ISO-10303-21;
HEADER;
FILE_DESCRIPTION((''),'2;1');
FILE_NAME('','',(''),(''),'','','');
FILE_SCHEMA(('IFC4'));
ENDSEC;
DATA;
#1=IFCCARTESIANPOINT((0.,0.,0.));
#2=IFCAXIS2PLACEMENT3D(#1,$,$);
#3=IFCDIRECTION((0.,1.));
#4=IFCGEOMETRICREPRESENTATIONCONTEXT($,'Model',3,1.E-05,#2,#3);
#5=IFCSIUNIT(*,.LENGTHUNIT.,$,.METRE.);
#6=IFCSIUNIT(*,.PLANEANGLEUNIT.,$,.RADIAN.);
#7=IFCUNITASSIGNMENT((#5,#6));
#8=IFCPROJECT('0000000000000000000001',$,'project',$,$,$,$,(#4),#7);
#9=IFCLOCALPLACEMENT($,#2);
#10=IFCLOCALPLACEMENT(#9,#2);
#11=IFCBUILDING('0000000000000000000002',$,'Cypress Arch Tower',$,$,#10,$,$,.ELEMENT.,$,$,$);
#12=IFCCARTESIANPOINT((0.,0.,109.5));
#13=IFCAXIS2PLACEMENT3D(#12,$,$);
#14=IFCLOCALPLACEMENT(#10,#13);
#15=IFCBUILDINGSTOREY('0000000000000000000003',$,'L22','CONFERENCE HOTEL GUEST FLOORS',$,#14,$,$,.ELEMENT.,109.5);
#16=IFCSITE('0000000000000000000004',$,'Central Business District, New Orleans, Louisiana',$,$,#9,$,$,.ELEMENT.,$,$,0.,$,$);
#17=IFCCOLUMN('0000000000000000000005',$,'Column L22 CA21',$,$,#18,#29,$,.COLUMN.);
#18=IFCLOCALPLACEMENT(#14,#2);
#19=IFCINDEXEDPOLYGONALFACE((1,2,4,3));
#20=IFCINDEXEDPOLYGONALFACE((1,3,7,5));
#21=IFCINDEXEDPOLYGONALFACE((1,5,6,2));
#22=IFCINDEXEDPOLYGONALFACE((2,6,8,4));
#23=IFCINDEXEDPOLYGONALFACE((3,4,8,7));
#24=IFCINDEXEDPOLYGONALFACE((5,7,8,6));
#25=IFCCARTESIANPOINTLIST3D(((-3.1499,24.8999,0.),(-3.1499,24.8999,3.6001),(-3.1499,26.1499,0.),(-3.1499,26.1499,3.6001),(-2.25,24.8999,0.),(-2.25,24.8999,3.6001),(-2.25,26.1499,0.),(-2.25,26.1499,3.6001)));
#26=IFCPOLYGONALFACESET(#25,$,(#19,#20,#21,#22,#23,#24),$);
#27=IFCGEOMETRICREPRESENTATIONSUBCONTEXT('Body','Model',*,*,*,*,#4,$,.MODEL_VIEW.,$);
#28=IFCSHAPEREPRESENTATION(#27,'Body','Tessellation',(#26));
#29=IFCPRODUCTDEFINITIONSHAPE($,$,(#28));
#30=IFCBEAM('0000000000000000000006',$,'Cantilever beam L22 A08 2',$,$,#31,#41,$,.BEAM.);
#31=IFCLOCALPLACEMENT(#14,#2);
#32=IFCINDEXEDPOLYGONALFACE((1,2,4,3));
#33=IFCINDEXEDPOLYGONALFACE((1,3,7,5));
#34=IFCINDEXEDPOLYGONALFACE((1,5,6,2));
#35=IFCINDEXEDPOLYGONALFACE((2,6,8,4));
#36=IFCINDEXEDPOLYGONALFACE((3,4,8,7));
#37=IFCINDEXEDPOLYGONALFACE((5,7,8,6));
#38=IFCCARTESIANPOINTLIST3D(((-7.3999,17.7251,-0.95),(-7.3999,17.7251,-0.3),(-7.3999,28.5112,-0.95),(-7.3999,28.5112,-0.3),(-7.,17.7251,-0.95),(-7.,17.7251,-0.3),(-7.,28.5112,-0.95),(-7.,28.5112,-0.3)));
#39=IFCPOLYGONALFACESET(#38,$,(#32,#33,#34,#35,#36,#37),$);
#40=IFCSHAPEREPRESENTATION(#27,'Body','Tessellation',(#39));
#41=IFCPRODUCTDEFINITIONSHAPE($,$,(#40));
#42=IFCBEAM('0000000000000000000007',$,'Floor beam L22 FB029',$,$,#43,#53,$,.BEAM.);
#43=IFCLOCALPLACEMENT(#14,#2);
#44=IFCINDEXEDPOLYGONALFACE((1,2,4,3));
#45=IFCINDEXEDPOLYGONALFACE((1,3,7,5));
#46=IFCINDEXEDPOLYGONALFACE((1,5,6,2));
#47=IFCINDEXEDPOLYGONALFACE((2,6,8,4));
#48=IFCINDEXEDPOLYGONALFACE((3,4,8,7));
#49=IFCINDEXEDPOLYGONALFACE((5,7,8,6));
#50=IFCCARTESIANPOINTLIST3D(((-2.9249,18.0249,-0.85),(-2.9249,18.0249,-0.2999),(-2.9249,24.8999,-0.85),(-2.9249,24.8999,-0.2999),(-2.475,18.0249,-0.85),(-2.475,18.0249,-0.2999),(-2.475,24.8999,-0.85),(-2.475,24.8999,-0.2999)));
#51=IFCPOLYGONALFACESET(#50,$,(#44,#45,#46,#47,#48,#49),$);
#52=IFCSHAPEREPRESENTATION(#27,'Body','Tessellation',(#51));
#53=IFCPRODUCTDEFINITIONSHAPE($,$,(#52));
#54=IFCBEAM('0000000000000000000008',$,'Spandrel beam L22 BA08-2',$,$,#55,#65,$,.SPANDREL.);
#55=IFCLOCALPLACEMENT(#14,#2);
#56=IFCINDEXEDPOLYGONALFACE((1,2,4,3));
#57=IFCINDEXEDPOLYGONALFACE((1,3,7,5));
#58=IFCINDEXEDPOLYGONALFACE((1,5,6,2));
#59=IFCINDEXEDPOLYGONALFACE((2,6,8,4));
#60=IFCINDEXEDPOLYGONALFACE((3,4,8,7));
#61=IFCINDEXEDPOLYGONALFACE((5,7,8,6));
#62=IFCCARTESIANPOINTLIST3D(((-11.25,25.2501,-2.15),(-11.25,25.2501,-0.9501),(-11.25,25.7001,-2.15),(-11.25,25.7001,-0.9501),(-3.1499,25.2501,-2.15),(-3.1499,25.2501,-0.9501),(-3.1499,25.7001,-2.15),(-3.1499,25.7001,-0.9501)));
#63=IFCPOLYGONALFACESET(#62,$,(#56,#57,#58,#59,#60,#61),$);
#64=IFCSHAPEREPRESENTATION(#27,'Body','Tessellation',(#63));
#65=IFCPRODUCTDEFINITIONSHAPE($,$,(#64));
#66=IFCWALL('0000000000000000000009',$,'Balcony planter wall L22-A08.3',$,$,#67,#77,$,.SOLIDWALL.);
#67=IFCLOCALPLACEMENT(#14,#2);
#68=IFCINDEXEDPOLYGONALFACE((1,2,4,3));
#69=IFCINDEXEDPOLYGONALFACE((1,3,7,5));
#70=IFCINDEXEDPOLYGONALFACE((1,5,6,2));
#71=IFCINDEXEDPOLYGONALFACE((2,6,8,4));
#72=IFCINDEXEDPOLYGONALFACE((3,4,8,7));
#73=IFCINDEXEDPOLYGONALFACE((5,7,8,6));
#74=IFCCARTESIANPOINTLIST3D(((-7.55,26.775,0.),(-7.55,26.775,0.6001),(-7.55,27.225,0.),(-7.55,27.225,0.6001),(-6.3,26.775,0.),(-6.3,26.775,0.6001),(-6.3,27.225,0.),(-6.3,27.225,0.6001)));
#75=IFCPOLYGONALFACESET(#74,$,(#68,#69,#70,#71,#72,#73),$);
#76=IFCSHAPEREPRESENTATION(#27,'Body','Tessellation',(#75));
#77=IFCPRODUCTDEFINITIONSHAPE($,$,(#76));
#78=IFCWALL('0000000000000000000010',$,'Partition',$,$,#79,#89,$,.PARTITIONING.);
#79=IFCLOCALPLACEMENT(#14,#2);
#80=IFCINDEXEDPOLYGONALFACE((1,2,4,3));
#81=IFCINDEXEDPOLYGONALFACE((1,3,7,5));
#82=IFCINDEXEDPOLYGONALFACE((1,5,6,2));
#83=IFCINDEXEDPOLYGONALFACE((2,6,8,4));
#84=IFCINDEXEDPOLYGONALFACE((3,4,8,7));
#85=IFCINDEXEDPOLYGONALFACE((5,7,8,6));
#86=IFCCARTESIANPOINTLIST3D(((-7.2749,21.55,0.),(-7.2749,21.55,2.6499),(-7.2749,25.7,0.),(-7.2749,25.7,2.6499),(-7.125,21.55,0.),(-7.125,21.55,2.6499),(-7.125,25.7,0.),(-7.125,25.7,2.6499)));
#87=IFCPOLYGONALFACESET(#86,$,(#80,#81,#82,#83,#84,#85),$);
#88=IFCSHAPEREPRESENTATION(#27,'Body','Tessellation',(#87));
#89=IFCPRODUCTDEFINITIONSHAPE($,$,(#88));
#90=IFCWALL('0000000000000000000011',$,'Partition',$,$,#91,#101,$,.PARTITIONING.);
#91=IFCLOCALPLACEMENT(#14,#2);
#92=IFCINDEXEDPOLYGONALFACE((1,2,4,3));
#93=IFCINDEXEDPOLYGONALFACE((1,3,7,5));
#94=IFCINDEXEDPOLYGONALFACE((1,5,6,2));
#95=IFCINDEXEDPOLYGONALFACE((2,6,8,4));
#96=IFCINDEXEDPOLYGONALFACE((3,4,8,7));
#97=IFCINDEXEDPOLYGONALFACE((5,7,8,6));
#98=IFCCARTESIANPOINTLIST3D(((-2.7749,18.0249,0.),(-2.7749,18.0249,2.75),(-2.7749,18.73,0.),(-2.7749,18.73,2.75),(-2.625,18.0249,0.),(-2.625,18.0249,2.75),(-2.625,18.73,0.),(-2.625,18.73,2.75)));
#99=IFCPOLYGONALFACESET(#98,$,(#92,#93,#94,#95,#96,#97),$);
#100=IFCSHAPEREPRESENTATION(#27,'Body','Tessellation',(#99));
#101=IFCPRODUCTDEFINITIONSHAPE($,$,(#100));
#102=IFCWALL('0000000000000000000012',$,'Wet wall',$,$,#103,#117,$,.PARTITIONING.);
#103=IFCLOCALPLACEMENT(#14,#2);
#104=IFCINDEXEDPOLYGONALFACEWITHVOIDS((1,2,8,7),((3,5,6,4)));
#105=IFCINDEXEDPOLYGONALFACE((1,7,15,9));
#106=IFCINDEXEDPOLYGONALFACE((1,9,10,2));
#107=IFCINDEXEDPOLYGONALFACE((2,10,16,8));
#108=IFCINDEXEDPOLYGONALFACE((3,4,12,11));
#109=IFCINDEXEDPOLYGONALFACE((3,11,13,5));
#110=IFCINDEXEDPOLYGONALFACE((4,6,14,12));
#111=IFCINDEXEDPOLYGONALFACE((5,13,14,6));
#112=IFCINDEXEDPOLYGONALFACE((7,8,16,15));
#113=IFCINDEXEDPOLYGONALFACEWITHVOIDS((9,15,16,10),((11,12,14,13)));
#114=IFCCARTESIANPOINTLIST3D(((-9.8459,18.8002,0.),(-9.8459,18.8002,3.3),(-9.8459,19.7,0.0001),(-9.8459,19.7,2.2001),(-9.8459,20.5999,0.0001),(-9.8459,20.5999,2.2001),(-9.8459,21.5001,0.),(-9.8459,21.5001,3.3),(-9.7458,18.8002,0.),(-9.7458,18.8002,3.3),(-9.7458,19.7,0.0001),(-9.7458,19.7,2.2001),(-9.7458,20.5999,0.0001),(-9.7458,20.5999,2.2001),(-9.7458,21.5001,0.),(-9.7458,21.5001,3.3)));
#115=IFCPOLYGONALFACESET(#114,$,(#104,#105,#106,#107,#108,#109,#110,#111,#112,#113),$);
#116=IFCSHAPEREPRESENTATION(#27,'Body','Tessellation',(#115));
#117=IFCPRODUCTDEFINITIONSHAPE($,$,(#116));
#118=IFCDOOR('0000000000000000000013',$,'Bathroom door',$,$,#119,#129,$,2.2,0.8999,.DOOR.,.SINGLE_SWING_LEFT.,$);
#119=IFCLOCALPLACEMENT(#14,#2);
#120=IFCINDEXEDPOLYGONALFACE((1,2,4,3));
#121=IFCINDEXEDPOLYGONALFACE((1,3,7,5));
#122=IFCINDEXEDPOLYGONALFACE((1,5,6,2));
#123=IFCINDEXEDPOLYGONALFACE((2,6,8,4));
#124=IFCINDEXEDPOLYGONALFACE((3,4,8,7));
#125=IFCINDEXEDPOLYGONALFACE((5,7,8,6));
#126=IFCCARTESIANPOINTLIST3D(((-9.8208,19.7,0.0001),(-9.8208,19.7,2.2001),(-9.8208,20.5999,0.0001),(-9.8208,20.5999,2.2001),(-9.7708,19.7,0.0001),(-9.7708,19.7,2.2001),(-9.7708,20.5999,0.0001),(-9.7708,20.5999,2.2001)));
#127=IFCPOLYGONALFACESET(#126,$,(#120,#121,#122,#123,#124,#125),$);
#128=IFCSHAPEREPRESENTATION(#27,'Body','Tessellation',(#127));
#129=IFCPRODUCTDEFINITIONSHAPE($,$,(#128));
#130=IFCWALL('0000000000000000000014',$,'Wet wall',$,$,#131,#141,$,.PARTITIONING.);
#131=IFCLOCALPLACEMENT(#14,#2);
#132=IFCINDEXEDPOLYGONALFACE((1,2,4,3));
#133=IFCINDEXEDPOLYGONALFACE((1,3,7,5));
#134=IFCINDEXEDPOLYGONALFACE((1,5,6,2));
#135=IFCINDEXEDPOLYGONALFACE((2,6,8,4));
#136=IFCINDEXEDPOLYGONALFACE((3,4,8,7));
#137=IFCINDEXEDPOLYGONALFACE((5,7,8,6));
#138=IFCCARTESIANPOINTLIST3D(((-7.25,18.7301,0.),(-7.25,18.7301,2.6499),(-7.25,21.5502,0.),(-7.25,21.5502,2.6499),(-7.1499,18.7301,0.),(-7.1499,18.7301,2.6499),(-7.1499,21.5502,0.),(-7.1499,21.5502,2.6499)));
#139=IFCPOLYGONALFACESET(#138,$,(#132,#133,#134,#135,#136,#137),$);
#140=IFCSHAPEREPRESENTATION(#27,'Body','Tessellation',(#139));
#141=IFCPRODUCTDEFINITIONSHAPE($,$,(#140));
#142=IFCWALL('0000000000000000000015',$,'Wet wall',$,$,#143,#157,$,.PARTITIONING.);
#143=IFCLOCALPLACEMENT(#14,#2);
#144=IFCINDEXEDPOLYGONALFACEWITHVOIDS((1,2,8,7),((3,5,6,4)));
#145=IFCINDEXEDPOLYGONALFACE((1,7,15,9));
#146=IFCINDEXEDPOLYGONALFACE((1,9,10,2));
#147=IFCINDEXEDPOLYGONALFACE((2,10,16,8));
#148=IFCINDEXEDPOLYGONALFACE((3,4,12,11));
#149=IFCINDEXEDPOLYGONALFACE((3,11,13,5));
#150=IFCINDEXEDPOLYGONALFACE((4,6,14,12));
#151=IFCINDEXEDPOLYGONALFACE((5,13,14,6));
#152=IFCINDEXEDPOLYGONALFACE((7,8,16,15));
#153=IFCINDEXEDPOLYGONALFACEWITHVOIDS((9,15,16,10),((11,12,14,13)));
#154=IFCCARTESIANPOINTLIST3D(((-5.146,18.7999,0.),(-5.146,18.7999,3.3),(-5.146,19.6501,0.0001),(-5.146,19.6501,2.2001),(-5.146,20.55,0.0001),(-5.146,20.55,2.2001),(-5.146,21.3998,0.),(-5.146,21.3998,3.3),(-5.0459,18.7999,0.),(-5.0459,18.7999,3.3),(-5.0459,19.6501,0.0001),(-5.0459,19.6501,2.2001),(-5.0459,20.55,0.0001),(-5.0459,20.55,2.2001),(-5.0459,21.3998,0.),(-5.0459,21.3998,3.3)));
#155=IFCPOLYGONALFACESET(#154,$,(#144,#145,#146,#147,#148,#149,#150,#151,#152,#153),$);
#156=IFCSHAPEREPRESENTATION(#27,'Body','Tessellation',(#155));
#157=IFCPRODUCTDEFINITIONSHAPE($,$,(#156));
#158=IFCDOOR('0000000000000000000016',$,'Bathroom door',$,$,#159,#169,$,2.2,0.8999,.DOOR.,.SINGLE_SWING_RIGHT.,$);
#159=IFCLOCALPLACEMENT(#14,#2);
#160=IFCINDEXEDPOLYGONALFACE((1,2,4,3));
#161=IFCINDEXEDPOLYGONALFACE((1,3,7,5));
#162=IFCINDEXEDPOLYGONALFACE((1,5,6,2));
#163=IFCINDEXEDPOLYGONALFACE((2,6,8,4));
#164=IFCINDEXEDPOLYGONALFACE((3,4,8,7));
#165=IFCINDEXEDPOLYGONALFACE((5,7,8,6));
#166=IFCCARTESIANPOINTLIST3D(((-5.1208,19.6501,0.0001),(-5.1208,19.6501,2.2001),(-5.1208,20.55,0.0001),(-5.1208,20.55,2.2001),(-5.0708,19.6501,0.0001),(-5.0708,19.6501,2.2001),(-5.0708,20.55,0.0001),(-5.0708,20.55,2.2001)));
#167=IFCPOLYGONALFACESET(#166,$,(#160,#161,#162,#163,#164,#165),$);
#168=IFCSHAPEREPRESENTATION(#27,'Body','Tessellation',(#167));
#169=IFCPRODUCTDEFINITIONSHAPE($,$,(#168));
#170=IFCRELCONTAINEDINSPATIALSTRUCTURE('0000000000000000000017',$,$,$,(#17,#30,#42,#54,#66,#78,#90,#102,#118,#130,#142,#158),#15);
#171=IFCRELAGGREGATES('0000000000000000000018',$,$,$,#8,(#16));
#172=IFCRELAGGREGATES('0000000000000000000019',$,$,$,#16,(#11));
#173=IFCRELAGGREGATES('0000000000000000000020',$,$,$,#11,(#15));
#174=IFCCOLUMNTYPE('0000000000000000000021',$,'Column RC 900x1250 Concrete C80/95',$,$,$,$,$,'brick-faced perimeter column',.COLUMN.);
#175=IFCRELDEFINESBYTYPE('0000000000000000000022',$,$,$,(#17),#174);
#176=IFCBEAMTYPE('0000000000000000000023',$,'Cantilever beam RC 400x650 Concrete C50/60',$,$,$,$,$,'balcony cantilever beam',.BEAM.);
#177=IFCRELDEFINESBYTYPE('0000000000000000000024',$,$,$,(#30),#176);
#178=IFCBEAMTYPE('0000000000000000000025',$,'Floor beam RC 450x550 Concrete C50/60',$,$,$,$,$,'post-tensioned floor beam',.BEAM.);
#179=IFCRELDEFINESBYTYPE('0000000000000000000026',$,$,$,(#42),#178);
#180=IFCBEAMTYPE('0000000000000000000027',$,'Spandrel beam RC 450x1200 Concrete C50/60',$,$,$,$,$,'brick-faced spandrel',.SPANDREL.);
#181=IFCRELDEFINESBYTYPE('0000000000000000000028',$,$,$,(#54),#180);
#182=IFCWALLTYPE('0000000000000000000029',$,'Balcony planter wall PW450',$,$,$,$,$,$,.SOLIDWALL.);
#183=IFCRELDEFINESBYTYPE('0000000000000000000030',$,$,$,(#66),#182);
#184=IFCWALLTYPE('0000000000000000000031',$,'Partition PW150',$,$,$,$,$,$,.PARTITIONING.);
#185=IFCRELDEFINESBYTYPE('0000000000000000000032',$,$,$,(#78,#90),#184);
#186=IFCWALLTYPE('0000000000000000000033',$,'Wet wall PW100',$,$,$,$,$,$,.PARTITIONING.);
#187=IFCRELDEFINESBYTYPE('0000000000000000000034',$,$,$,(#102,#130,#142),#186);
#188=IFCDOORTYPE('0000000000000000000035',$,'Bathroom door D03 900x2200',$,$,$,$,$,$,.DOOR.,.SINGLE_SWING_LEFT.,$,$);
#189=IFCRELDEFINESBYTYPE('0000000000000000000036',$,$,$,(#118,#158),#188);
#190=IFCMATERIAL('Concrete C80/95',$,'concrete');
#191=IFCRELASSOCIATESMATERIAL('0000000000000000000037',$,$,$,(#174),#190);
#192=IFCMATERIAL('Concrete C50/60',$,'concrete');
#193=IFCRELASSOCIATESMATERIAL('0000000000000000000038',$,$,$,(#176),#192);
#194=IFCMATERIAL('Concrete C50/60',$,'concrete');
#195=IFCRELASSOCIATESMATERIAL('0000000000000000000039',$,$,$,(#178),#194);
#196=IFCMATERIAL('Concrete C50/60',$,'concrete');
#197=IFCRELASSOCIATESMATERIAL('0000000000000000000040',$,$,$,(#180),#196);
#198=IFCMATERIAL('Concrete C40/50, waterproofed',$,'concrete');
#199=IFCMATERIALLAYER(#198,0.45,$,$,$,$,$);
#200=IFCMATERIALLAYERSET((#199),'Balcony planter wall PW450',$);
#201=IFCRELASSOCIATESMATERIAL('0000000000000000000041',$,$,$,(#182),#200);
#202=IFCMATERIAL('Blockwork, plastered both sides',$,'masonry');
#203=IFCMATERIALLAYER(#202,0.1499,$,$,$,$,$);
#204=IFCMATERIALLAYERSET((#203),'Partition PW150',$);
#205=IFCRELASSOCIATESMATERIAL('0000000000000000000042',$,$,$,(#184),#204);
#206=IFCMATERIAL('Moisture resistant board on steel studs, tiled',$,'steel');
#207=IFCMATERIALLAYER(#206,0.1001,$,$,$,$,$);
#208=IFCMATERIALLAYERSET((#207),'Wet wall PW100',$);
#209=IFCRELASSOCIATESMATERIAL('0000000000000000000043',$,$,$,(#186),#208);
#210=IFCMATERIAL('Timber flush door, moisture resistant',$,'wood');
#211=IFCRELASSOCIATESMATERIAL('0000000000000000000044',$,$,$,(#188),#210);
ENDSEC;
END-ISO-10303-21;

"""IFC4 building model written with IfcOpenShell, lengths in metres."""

from ifc_helpers import new_model, si_unit, direction, frame, frame_2d, origin, origin_2d, place, context, subcontext, project, spatial, rectangle, extrude, material, layer, layer_set, material_profile, profile_set, type_object, element, fill, save


model = new_model("IFC4")

# Units and contexts
model_context = context("Model", 3, precision=1e-05, world=origin(), true_north=direction((0.0, 1.0)))
body_context = subcontext(model_context, "Body", "Model", "MODEL_VIEW")
ifc_project = project(units=[si_unit("LENGTHUNIT", "METRE"), si_unit("PLANEANGLEUNIT", "RADIAN")], contexts=[model_context])

# Site, building, storey
site_placement = place(None, origin())
site = spatial("IfcSite", under=ifc_project, at=site_placement, Name="Central Business District, New Orleans, Louisiana", CompositionType="ELEMENT", RefElevation=0.0)
building_placement = place(site_placement, origin())
building = spatial("IfcBuilding", under=site, at=building_placement, Name="Cypress Arch Tower", CompositionType="ELEMENT")
storey_placement = place(building_placement, frame((0.0, 0.0, 109.5)))
storey = spatial("IfcBuildingStorey", under=building, at=storey_placement, Name="L22", Description="CONFERENCE HOTEL GUEST FLOORS", CompositionType="ELEMENT", Elevation=109.5)

# Column
ifc_material_1 = material(Name="Concrete C80/95", Category="concrete")
ifc_material_profile_1 = material_profile(ifc_material_1, rectangle(XDim=0.8999, YDim=1.25, at=origin_2d()), Name="RC 900x1250")
ifc_profile_set_1 = profile_set([ifc_material_profile_1], Name="Concrete C80/95")
column_type = type_object("IfcColumnType", Name="Column RC 900x1250 Concrete C80/95", ElementType="brick-faced perimeter column", PredefinedType="COLUMN", material=ifc_profile_set_1)
column_placement = place(storey_placement, frame((-2.7, 25.5249, 0.0), z_axis=(0.0, 0.0, 1.0), x_axis=(-1.0, 0.0, 0.0)))
element("IfcColumn", 1, at=column_placement, inside=storey, type_object=column_type, Name="Column L22 CA21", PredefinedType="COLUMN", context=body_context, shape_type="SweptSolid", body=[
    extrude(rectangle(XDim=0.8999, YDim=1.25, at=origin_2d()), origin(), (0.0, 0.0, 1.0), 3.6001),
])

# Beams
ifc_material_2 = material(Name="Concrete C50/60", Category="concrete")
ifc_material_profile_2 = material_profile(ifc_material_2, rectangle(XDim=0.3999, YDim=0.6499, at=origin_2d()), Name="RC 400x650")
ifc_profile_set_2 = profile_set([ifc_material_profile_2], Name="Concrete C50/60")
beam_type_1 = type_object("IfcBeamType", Name="Cantilever beam RC 400x650 Concrete C50/60", ElementType="balcony cantilever beam", PredefinedType="BEAM", material=ifc_profile_set_2)
beam_1_placement = place(storey_placement, frame((-7.2, 17.7251, -0.625), z_axis=(0.0, 1.0, 0.0), x_axis=(-1.0, 0.0, 0.0)))
element("IfcBeam", 2, at=beam_1_placement, inside=storey, type_object=beam_type_1, Name="Cantilever beam L22 A08 2", PredefinedType="BEAM", context=body_context, shape_type="SweptSolid", body=[
    extrude(rectangle(XDim=0.3999, YDim=0.6499, at=origin_2d()), origin(), (0.0, 0.0, 1.0), 10.7861),
])
ifc_material_3 = material(Name="Concrete C50/60", Category="concrete")
ifc_material_profile_3 = material_profile(ifc_material_3, rectangle(XDim=0.45, YDim=0.55, at=origin_2d()), Name="RC 450x550")
ifc_profile_set_3 = profile_set([ifc_material_profile_3], Name="Concrete C50/60")
beam_type_2 = type_object("IfcBeamType", Name="Floor beam RC 450x550 Concrete C50/60", ElementType="post-tensioned floor beam", PredefinedType="BEAM", material=ifc_profile_set_3)
beam_2_placement = place(storey_placement, frame((-2.7, 18.0249, -0.575), z_axis=(0.0, 1.0, 0.0), x_axis=(-1.0, 0.0, 0.0)))
element("IfcBeam", 3, at=beam_2_placement, inside=storey, type_object=beam_type_2, Name="Floor beam L22 FB029", PredefinedType="BEAM", context=body_context, shape_type="SweptSolid", body=[
    extrude(rectangle(XDim=0.45, YDim=0.55, at=origin_2d()), origin(), (0.0, 0.0, 1.0), 6.875),
])
ifc_material_4 = material(Name="Concrete C50/60", Category="concrete")
ifc_material_profile_4 = material_profile(ifc_material_4, rectangle(XDim=0.45, YDim=1.2, at=origin_2d()), Name="RC 450x1200")
ifc_profile_set_4 = profile_set([ifc_material_profile_4], Name="Concrete C50/60")
beam_type_3 = type_object("IfcBeamType", Name="Spandrel beam RC 450x1200 Concrete C50/60", ElementType="brick-faced spandrel", PredefinedType="SPANDREL", material=ifc_profile_set_4)
beam_3_placement = place(storey_placement, frame((-3.1499, 25.4751, -1.55), z_axis=(-1.0, 0.0, 0.0), x_axis=(0.0, -1.0, 0.0)))
element("IfcBeam", 4, at=beam_3_placement, inside=storey, type_object=beam_type_3, Name="Spandrel beam L22 BA08-2", PredefinedType="SPANDREL", context=body_context, shape_type="SweptSolid", body=[
    extrude(rectangle(XDim=0.45, YDim=1.2, at=origin_2d()), origin(), (0.0, 0.0, 1.0), 8.1001),
])

# Wall
ifc_material_5 = material(Name="Concrete C40/50, waterproofed", Category="concrete")
ifc_layer_1 = layer(ifc_material_5, 0.45)
ifc_layer_set_1 = layer_set([ifc_layer_1], Name="Balcony planter wall PW450")
wall_type_1 = type_object("IfcWallType", Name="Balcony planter wall PW450", PredefinedType="SOLIDWALL", material=ifc_layer_set_1)
wall_1_placement = place(storey_placement, frame((-6.3, 27.0, 0.0), z_axis=(0.0, 0.0, 1.0), x_axis=(-1.0, 0.0, 0.0)))
element("IfcWall", 5, at=wall_1_placement, inside=storey, type_object=wall_type_1, Name="Balcony planter wall L22-A08.3", PredefinedType="SOLIDWALL", context=body_context, shape_type="SweptSolid", body=[
    extrude(rectangle(XDim=1.25, YDim=0.45, at=frame_2d((0.625, 0.0))), origin(), (0.0, 0.0, 1.0), 0.6001),
])

# Walls
ifc_material_6 = material(Name="Blockwork, plastered both sides", Category="masonry")
ifc_layer_2 = layer(ifc_material_6, 0.1499)
ifc_layer_set_2 = layer_set([ifc_layer_2], Name="Partition PW150")
wall_type_2 = type_object("IfcWallType", Name="Partition PW150", PredefinedType="PARTITIONING", material=ifc_layer_set_2)
wall_2_placement = place(storey_placement, frame((-7.2, 21.55, 0.0), z_axis=(0.0, 0.0, 1.0), x_axis=(0.0, 1.0, 0.0)))
element("IfcWall", 6, at=wall_2_placement, inside=storey, type_object=wall_type_2, Name="Partition", PredefinedType="PARTITIONING", context=body_context, shape_type="SweptSolid", body=[
    extrude(rectangle(XDim=4.1499, YDim=0.1499, at=frame_2d((2.075, 0.0))), origin(), (0.0, 0.0, 1.0), 2.6499),
])
wall_3_placement = place(storey_placement, frame((-2.7, 18.0249, 0.0), z_axis=(0.0, 0.0, 1.0), x_axis=(0.0, 1.0, 0.0)))
element("IfcWall", 7, at=wall_3_placement, inside=storey, type_object=wall_type_2, Name="Partition", PredefinedType="PARTITIONING", context=body_context, shape_type="SweptSolid", body=[
    extrude(rectangle(XDim=0.7051, YDim=0.1499, at=frame_2d((0.3525, 0.0))), origin(), (0.0, 0.0, 1.0), 2.75),
])

# Wall, opening, door
ifc_material_7 = material(Name="Moisture resistant board on steel studs, tiled", Category="steel")
ifc_layer_3 = layer(ifc_material_7, 0.1001)
ifc_layer_set_3 = layer_set([ifc_layer_3], Name="Wet wall PW100")
wall_type_3 = type_object("IfcWallType", Name="Wet wall PW100", PredefinedType="PARTITIONING", material=ifc_layer_set_3)
wall_4_placement = place(storey_placement, frame((-9.7959, 18.8, 0.0), z_axis=(0.0, 0.0, 1.0), x_axis=(0.0, 1.0, 0.0)))
wall_4 = element("IfcWall", 8, at=wall_4_placement, inside=storey, type_object=wall_type_3, Name="Wet wall", PredefinedType="PARTITIONING", context=body_context, shape_type="SweptSolid", body=[
    extrude(rectangle(XDim=2.7, YDim=0.1001, at=frame_2d((1.3501, 0.0))), origin(), (0.0, 0.0, 1.0), 3.3),
])
opening_1_placement = place(wall_4_placement, frame((0.8999, 0.0, 0.0)))
opening_1 = element("IfcOpeningElement", 9, at=opening_1_placement, cuts=wall_4, PredefinedType="OPENING", context=body_context, shape_type="SweptSolid", body=[
    extrude(rectangle(XDim=0.8999, YDim=2.2, at=frame_2d((0.45, 1.1001))), frame((0.0, 0.0601, 0.0), z_axis=(0.0, -1.0, 0.0), x_axis=(1.0, 0.0, 0.0)), (0.0, 0.0, 1.0), 0.1201),
])
ifc_material_8 = material(Name="Timber flush door, moisture resistant", Category="wood")
door_type_1 = type_object("IfcDoorType", Name="Bathroom door D03 900x2200", OperationType="SINGLE_SWING_LEFT", PredefinedType="DOOR", material=ifc_material_8)
door_1_placement = place(opening_1_placement, origin())
door_1 = element("IfcDoor", 10, at=door_1_placement, inside=storey, type_object=door_type_1, Name="Bathroom door", OperationType="SINGLE_SWING_LEFT", OverallHeight=2.2, OverallWidth=0.8999, PredefinedType="DOOR", context=body_context, shape_type="SweptSolid", body=[
    extrude(rectangle(XDim=0.8999, YDim=2.2, at=frame_2d((0.45, 1.1001))), frame((0.0, 0.0249, 0.0), z_axis=(0.0, -1.0, 0.0), x_axis=(1.0, 0.0, 0.0)), (0.0, 0.0, 1.0), 0.05),
])
fill(opening_1, door_1)

# Wall
wall_5_placement = place(storey_placement, frame((-7.2, 18.73, 0.0), z_axis=(0.0, 0.0, 1.0), x_axis=(0.0, 1.0, 0.0)))
element("IfcWall", 11, at=wall_5_placement, inside=storey, type_object=wall_type_3, Name="Wet wall", PredefinedType="PARTITIONING", context=body_context, shape_type="SweptSolid", body=[
    extrude(rectangle(XDim=2.8201, YDim=0.1001, at=frame_2d((1.4102, 0.0))), origin(), (0.0, 0.0, 1.0), 2.6499),
])

# Wall, opening, door
wall_6_placement = place(storey_placement, frame((-5.0959, 18.8, 0.0), z_axis=(0.0, 0.0, 1.0), x_axis=(0.0, 1.0, 0.0)))
wall_6 = element("IfcWall", 12, at=wall_6_placement, inside=storey, type_object=wall_type_3, Name="Wet wall", PredefinedType="PARTITIONING", context=body_context, shape_type="SweptSolid", body=[
    extrude(rectangle(XDim=2.5999, YDim=0.1001, at=frame_2d((1.2998, 0.0))), origin(), (0.0, 0.0, 1.0), 3.3),
])
opening_2_placement = place(wall_6_placement, frame((0.8501, 0.0, 0.0)))
opening_2 = element("IfcOpeningElement", 13, at=opening_2_placement, cuts=wall_6, PredefinedType="OPENING", context=body_context, shape_type="SweptSolid", body=[
    extrude(rectangle(XDim=0.8999, YDim=2.2, at=frame_2d((0.45, 1.1001))), frame((0.0, 0.0601, 0.0), z_axis=(0.0, -1.0, 0.0), x_axis=(1.0, 0.0, 0.0)), (0.0, 0.0, 1.0), 0.1201),
])
door_2_placement = place(opening_2_placement, origin())
door_2 = element("IfcDoor", 14, at=door_2_placement, inside=storey, type_object=door_type_1, Name="Bathroom door", OperationType="SINGLE_SWING_RIGHT", OverallHeight=2.2, OverallWidth=0.8999, PredefinedType="DOOR", context=body_context, shape_type="SweptSolid", body=[
    extrude(rectangle(XDim=0.8999, YDim=2.2, at=frame_2d((0.45, 1.1001))), frame((0.0, 0.0249, 0.0), z_axis=(0.0, -1.0, 0.0), x_axis=(1.0, 0.0, 0.0)), (0.0, 0.0, 1.0), 0.05),
])
fill(opening_2, door_2)

save(model, "model.ifc")
